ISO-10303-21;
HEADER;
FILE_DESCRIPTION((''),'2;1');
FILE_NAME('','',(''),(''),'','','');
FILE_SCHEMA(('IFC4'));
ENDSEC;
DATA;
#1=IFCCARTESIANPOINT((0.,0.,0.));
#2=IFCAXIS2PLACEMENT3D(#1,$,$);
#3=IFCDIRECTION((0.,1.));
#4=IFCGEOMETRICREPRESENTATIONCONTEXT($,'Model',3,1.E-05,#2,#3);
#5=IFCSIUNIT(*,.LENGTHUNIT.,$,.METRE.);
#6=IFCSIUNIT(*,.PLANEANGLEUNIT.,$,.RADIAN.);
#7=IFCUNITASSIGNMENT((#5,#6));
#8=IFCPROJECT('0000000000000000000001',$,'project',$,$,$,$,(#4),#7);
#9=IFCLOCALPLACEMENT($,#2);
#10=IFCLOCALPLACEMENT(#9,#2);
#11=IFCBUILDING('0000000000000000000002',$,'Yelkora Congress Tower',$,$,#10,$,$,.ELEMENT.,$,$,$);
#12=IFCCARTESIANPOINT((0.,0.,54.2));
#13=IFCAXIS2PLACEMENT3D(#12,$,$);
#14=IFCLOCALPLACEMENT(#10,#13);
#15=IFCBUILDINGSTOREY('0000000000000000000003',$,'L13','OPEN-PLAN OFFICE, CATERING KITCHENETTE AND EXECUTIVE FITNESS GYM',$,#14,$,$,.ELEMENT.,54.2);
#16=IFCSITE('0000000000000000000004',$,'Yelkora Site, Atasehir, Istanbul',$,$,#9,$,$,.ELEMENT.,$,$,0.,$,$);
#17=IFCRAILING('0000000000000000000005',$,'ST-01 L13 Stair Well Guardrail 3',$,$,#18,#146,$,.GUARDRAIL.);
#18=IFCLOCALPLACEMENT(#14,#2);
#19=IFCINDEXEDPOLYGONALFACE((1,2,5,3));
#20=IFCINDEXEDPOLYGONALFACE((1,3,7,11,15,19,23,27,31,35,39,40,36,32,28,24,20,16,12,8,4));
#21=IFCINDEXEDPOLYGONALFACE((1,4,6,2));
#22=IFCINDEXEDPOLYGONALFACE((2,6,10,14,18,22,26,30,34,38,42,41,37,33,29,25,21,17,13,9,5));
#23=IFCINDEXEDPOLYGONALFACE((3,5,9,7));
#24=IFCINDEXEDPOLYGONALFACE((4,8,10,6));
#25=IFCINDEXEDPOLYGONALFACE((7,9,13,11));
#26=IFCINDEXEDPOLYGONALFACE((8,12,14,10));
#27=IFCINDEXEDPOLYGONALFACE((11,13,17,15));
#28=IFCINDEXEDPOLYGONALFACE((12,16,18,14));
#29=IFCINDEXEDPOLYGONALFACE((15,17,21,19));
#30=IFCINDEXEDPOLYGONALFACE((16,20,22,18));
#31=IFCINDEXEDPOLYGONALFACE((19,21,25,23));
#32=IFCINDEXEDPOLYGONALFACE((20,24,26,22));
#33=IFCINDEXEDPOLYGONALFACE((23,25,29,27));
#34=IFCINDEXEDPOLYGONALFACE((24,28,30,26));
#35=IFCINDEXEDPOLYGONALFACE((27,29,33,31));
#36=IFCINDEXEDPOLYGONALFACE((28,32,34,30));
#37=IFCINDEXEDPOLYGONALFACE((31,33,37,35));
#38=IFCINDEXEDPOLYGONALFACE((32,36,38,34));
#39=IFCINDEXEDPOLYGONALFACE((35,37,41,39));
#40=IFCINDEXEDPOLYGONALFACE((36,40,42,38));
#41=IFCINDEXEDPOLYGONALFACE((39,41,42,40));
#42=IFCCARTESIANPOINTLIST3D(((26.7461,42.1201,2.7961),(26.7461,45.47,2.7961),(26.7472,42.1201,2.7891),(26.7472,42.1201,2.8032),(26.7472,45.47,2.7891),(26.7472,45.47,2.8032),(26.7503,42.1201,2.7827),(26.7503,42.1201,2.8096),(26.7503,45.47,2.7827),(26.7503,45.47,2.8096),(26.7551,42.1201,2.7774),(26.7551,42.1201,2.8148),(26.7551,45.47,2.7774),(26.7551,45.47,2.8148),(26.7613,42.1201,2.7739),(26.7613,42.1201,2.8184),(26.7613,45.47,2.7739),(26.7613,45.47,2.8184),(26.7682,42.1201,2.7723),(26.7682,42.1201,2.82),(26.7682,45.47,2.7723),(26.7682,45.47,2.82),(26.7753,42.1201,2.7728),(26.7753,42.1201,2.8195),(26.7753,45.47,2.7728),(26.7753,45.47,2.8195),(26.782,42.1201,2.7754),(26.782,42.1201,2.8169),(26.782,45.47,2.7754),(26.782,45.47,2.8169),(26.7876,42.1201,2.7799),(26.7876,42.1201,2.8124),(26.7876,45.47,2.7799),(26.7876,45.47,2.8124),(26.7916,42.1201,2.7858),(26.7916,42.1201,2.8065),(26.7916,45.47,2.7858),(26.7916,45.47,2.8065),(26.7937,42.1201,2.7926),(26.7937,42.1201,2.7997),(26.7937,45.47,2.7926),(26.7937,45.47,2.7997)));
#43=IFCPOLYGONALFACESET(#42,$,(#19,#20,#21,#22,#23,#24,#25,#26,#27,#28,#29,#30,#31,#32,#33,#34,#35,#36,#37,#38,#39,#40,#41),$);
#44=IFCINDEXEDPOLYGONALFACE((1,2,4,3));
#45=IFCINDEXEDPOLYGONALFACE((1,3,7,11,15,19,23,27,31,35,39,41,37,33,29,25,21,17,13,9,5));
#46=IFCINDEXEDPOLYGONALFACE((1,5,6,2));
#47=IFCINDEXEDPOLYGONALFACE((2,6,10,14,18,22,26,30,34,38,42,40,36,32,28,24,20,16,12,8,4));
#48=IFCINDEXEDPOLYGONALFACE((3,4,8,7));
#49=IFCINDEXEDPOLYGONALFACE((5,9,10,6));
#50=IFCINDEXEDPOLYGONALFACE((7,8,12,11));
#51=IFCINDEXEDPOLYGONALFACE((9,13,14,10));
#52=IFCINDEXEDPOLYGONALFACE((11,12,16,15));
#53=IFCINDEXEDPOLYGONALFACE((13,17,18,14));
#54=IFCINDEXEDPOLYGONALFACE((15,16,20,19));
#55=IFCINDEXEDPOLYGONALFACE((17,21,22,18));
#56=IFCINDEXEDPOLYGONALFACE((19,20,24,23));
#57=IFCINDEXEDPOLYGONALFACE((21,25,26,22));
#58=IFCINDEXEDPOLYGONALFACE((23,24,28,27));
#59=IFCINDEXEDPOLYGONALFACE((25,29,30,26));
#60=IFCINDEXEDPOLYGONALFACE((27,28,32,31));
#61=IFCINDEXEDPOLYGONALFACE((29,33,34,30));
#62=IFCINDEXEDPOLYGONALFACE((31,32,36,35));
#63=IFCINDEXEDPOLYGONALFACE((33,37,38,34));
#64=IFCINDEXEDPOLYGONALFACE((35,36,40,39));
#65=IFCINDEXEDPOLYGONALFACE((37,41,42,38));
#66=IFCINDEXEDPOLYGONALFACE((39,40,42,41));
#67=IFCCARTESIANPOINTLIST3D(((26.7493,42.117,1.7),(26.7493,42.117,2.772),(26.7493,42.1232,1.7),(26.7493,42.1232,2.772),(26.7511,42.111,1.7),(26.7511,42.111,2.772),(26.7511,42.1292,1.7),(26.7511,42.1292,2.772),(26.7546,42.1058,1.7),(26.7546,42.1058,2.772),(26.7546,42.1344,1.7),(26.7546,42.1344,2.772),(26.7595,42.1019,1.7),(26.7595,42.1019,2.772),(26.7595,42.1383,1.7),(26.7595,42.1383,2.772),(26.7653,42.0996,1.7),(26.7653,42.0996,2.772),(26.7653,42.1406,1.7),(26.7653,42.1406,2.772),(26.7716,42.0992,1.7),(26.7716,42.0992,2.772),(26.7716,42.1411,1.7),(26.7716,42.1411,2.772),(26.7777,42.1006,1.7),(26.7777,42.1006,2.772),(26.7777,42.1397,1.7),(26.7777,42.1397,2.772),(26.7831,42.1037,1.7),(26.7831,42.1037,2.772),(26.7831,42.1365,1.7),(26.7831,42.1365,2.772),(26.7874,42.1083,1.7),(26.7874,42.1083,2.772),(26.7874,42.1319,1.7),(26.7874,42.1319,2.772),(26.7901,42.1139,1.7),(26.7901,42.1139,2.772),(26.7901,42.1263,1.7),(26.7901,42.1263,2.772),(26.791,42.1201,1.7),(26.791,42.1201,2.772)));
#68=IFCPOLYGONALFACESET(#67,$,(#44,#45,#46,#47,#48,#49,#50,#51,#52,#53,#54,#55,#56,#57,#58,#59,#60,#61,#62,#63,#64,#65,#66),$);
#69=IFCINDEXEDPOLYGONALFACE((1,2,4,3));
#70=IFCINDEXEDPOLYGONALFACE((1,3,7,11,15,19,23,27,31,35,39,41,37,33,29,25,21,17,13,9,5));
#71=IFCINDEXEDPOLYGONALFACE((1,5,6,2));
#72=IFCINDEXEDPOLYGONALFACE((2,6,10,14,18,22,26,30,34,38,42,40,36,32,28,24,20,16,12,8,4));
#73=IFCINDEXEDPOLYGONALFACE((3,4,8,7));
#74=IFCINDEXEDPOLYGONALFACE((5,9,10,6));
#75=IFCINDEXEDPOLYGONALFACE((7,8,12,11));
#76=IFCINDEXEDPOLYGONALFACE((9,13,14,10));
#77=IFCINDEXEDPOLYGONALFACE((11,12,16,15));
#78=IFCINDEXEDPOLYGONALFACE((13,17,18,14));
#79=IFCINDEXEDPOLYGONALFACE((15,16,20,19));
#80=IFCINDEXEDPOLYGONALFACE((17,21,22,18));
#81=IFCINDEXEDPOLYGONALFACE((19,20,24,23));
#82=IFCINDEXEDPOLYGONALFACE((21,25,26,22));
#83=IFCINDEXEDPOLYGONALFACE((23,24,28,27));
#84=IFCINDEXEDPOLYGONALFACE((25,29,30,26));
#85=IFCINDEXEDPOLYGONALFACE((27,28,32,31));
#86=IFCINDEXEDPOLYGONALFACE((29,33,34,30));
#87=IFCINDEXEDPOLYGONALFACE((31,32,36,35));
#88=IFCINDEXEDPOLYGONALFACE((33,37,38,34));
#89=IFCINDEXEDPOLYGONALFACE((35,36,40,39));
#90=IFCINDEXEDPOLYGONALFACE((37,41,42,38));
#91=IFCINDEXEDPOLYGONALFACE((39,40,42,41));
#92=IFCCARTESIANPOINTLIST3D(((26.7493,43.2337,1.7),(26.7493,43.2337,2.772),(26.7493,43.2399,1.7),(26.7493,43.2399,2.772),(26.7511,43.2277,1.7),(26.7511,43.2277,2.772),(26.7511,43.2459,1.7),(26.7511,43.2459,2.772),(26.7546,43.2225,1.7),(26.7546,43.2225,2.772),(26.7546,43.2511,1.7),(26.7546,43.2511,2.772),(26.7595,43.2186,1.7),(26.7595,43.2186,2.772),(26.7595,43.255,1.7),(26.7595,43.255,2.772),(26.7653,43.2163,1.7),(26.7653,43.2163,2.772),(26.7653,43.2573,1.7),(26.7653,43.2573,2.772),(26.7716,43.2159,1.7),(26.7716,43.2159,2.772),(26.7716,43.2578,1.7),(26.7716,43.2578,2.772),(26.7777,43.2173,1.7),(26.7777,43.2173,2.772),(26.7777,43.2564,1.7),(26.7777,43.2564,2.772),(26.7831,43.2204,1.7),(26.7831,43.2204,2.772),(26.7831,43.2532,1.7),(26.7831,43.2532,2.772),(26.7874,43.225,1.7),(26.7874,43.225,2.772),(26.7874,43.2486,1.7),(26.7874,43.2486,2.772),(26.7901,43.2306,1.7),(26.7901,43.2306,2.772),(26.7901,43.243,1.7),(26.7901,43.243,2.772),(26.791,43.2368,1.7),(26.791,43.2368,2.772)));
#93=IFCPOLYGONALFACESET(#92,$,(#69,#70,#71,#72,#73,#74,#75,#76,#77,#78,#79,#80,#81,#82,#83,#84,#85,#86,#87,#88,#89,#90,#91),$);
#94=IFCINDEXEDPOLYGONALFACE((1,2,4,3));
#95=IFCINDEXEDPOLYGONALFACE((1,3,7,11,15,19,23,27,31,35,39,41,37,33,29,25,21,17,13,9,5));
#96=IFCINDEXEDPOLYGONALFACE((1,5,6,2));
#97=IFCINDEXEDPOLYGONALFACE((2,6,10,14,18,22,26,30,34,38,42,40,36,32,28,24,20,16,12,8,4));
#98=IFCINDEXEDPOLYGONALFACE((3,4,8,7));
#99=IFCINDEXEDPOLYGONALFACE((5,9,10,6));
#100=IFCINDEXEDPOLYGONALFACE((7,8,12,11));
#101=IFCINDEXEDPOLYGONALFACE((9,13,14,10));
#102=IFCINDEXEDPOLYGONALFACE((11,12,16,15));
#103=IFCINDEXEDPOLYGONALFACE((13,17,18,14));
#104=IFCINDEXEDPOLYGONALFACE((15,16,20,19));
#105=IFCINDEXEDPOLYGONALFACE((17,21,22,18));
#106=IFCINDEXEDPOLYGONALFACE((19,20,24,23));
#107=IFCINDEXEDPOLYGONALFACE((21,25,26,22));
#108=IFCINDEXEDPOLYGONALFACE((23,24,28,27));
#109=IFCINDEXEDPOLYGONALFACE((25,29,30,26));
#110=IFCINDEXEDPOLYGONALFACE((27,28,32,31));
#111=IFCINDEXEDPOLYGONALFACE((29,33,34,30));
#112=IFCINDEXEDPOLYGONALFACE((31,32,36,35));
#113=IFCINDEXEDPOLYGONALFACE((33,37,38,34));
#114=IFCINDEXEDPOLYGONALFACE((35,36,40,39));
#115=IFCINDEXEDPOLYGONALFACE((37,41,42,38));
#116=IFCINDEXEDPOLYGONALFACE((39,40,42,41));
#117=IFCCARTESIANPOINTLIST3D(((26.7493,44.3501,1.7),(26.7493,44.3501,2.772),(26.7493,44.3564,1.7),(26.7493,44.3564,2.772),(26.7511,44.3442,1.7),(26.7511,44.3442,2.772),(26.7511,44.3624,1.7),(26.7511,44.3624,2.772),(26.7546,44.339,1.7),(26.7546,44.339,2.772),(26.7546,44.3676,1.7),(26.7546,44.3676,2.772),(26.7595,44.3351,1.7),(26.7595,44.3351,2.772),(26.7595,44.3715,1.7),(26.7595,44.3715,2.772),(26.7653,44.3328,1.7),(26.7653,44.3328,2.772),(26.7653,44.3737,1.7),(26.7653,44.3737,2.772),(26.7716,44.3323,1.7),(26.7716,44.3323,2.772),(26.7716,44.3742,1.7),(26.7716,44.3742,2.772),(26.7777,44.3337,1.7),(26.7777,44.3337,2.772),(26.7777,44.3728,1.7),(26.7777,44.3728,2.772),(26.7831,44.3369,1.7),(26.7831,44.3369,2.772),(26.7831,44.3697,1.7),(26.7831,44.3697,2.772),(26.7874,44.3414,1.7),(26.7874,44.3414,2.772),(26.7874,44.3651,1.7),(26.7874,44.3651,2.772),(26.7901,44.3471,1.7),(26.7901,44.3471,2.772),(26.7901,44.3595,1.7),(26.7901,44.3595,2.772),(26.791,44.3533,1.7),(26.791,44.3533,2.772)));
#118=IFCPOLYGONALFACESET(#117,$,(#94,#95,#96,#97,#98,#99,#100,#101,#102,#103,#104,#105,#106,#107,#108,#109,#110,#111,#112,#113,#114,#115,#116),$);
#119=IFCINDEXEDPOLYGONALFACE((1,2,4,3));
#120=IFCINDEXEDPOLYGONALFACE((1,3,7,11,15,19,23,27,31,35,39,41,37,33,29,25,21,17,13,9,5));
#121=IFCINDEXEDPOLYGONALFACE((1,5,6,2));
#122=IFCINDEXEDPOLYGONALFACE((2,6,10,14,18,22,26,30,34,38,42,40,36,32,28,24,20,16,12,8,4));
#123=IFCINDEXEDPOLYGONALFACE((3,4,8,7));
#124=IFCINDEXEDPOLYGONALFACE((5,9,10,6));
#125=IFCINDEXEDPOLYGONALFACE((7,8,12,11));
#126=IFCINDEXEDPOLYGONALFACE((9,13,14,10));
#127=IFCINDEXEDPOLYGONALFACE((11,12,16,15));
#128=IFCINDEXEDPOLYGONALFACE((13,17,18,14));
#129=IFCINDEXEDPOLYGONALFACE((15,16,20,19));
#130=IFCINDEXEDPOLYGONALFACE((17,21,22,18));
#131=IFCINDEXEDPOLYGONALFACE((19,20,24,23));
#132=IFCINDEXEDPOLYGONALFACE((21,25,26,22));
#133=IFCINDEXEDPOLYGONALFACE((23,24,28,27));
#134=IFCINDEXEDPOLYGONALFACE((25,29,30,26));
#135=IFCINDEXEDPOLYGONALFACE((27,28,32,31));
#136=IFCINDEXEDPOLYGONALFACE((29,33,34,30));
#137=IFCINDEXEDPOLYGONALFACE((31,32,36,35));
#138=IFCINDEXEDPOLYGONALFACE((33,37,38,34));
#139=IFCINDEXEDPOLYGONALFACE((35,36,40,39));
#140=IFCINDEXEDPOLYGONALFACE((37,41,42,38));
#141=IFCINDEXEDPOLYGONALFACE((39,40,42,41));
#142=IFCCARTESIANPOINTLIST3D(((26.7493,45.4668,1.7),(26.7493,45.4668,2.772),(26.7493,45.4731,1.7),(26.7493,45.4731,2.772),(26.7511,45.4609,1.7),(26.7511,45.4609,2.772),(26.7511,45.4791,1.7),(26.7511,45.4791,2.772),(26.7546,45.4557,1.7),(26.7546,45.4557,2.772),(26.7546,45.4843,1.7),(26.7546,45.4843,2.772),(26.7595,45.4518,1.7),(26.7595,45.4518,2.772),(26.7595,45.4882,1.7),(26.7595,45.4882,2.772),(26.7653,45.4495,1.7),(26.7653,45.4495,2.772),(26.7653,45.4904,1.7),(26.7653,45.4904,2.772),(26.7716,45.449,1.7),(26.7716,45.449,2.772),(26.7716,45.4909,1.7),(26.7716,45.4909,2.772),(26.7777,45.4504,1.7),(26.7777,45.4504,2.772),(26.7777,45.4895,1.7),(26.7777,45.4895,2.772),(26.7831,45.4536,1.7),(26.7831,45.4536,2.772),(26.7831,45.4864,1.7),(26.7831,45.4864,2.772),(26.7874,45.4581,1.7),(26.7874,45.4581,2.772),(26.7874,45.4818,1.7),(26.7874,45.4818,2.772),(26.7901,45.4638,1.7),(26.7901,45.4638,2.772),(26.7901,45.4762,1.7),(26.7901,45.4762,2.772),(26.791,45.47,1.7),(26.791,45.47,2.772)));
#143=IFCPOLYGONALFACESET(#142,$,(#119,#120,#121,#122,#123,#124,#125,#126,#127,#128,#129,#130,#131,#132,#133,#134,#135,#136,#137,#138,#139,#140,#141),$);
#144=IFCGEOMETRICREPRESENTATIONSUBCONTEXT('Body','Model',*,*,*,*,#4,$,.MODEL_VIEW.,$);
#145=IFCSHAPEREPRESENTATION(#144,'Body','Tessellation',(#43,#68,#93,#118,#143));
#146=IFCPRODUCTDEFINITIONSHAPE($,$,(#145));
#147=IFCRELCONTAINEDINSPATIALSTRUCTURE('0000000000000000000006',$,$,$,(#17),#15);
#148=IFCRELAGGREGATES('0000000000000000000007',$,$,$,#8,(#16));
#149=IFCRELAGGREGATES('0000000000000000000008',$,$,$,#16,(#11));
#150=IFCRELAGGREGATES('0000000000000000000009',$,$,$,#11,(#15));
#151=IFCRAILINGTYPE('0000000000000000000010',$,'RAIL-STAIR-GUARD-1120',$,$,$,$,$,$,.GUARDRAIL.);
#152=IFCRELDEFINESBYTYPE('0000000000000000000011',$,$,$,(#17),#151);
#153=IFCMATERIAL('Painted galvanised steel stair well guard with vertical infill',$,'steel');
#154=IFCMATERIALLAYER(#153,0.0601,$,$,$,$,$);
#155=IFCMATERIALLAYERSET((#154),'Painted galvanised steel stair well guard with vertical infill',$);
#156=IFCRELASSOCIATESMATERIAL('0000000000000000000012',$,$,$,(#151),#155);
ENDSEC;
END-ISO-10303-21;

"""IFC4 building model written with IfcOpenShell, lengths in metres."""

from ifc_helpers import new_model, si_unit, direction, frame, origin, origin_2d, place, context, subcontext, project, spatial, circle, extrude, material, layer, layer_set, type_object, element, save


model = new_model("IFC4")

# Units and contexts
model_context = context("Model", 3, precision=1e-05, world=origin(), true_north=direction((0.0, 1.0)))
body_context = subcontext(model_context, "Body", "Model", "MODEL_VIEW")
ifc_project = project(units=[si_unit("LENGTHUNIT", "METRE"), si_unit("PLANEANGLEUNIT", "RADIAN")], contexts=[model_context])

# Site, building, storey
site_placement = place(None, origin())
site = spatial("IfcSite", under=ifc_project, at=site_placement, Name="Yelkora Site, Atasehir, Istanbul", CompositionType="ELEMENT", RefElevation=0.0)
building_placement = place(site_placement, origin())
building = spatial("IfcBuilding", under=site, at=building_placement, Name="Yelkora Congress Tower", CompositionType="ELEMENT")
storey_placement = place(building_placement, frame((0.0, 0.0, 54.2)))
storey = spatial("IfcBuildingStorey", under=building, at=storey_placement, Name="L13", Description="OPEN-PLAN OFFICE, CATERING KITCHENETTE AND EXECUTIVE FITNESS GYM", CompositionType="ELEMENT", Elevation=54.2)

# Railing
ifc_material_1 = material(Name="Painted galvanised steel stair well guard with vertical infill", Category="steel")
ifc_layer_1 = layer(ifc_material_1, 0.0601)
ifc_layer_set_1 = layer_set([ifc_layer_1], Name="Painted galvanised steel stair well guard with vertical infill")
railing_type_1 = type_object("IfcRailingType", Name="RAIL-STAIR-GUARD-1120", PredefinedType="GUARDRAIL", material=ifc_layer_set_1)
for number, where, name in (
    (1, (26.77, 42.1201, 1.7), "ST-01 L13 Stair Well Guardrail 3"),
):
    element("IfcRailing", number, at=place(storey_placement, frame(where)), inside=storey, type_object=railing_type_1, Name=name, PredefinedType="GUARDRAIL", context=body_context, shape_type="SweptSolid", body=[
        extrude(circle(Radius=0.0239, at=origin_2d()), frame((0.0, 0.0, 1.0962), z_axis=(0.0, 1.0, 0.0), x_axis=(-1.0, 0.0, 0.0)), (0.0, 0.0, 1.0), 3.3499),
        extrude(circle(Radius=0.021, at=origin_2d()), origin(), (0.0, 0.0, 1.0), 1.072),
        extrude(circle(Radius=0.021, at=origin_2d()), frame((0.0, 1.1167, 0.0)), (0.0, 0.0, 1.0), 1.072),
        extrude(circle(Radius=0.021, at=origin_2d()), frame((0.0, 2.2332, 0.0)), (0.0, 0.0, 1.0), 1.072),
        extrude(circle(Radius=0.021, at=origin_2d()), frame((0.0, 3.3499, 0.0)), (0.0, 0.0, 1.0), 1.072),
    ])

save(model, "model.ifc")
